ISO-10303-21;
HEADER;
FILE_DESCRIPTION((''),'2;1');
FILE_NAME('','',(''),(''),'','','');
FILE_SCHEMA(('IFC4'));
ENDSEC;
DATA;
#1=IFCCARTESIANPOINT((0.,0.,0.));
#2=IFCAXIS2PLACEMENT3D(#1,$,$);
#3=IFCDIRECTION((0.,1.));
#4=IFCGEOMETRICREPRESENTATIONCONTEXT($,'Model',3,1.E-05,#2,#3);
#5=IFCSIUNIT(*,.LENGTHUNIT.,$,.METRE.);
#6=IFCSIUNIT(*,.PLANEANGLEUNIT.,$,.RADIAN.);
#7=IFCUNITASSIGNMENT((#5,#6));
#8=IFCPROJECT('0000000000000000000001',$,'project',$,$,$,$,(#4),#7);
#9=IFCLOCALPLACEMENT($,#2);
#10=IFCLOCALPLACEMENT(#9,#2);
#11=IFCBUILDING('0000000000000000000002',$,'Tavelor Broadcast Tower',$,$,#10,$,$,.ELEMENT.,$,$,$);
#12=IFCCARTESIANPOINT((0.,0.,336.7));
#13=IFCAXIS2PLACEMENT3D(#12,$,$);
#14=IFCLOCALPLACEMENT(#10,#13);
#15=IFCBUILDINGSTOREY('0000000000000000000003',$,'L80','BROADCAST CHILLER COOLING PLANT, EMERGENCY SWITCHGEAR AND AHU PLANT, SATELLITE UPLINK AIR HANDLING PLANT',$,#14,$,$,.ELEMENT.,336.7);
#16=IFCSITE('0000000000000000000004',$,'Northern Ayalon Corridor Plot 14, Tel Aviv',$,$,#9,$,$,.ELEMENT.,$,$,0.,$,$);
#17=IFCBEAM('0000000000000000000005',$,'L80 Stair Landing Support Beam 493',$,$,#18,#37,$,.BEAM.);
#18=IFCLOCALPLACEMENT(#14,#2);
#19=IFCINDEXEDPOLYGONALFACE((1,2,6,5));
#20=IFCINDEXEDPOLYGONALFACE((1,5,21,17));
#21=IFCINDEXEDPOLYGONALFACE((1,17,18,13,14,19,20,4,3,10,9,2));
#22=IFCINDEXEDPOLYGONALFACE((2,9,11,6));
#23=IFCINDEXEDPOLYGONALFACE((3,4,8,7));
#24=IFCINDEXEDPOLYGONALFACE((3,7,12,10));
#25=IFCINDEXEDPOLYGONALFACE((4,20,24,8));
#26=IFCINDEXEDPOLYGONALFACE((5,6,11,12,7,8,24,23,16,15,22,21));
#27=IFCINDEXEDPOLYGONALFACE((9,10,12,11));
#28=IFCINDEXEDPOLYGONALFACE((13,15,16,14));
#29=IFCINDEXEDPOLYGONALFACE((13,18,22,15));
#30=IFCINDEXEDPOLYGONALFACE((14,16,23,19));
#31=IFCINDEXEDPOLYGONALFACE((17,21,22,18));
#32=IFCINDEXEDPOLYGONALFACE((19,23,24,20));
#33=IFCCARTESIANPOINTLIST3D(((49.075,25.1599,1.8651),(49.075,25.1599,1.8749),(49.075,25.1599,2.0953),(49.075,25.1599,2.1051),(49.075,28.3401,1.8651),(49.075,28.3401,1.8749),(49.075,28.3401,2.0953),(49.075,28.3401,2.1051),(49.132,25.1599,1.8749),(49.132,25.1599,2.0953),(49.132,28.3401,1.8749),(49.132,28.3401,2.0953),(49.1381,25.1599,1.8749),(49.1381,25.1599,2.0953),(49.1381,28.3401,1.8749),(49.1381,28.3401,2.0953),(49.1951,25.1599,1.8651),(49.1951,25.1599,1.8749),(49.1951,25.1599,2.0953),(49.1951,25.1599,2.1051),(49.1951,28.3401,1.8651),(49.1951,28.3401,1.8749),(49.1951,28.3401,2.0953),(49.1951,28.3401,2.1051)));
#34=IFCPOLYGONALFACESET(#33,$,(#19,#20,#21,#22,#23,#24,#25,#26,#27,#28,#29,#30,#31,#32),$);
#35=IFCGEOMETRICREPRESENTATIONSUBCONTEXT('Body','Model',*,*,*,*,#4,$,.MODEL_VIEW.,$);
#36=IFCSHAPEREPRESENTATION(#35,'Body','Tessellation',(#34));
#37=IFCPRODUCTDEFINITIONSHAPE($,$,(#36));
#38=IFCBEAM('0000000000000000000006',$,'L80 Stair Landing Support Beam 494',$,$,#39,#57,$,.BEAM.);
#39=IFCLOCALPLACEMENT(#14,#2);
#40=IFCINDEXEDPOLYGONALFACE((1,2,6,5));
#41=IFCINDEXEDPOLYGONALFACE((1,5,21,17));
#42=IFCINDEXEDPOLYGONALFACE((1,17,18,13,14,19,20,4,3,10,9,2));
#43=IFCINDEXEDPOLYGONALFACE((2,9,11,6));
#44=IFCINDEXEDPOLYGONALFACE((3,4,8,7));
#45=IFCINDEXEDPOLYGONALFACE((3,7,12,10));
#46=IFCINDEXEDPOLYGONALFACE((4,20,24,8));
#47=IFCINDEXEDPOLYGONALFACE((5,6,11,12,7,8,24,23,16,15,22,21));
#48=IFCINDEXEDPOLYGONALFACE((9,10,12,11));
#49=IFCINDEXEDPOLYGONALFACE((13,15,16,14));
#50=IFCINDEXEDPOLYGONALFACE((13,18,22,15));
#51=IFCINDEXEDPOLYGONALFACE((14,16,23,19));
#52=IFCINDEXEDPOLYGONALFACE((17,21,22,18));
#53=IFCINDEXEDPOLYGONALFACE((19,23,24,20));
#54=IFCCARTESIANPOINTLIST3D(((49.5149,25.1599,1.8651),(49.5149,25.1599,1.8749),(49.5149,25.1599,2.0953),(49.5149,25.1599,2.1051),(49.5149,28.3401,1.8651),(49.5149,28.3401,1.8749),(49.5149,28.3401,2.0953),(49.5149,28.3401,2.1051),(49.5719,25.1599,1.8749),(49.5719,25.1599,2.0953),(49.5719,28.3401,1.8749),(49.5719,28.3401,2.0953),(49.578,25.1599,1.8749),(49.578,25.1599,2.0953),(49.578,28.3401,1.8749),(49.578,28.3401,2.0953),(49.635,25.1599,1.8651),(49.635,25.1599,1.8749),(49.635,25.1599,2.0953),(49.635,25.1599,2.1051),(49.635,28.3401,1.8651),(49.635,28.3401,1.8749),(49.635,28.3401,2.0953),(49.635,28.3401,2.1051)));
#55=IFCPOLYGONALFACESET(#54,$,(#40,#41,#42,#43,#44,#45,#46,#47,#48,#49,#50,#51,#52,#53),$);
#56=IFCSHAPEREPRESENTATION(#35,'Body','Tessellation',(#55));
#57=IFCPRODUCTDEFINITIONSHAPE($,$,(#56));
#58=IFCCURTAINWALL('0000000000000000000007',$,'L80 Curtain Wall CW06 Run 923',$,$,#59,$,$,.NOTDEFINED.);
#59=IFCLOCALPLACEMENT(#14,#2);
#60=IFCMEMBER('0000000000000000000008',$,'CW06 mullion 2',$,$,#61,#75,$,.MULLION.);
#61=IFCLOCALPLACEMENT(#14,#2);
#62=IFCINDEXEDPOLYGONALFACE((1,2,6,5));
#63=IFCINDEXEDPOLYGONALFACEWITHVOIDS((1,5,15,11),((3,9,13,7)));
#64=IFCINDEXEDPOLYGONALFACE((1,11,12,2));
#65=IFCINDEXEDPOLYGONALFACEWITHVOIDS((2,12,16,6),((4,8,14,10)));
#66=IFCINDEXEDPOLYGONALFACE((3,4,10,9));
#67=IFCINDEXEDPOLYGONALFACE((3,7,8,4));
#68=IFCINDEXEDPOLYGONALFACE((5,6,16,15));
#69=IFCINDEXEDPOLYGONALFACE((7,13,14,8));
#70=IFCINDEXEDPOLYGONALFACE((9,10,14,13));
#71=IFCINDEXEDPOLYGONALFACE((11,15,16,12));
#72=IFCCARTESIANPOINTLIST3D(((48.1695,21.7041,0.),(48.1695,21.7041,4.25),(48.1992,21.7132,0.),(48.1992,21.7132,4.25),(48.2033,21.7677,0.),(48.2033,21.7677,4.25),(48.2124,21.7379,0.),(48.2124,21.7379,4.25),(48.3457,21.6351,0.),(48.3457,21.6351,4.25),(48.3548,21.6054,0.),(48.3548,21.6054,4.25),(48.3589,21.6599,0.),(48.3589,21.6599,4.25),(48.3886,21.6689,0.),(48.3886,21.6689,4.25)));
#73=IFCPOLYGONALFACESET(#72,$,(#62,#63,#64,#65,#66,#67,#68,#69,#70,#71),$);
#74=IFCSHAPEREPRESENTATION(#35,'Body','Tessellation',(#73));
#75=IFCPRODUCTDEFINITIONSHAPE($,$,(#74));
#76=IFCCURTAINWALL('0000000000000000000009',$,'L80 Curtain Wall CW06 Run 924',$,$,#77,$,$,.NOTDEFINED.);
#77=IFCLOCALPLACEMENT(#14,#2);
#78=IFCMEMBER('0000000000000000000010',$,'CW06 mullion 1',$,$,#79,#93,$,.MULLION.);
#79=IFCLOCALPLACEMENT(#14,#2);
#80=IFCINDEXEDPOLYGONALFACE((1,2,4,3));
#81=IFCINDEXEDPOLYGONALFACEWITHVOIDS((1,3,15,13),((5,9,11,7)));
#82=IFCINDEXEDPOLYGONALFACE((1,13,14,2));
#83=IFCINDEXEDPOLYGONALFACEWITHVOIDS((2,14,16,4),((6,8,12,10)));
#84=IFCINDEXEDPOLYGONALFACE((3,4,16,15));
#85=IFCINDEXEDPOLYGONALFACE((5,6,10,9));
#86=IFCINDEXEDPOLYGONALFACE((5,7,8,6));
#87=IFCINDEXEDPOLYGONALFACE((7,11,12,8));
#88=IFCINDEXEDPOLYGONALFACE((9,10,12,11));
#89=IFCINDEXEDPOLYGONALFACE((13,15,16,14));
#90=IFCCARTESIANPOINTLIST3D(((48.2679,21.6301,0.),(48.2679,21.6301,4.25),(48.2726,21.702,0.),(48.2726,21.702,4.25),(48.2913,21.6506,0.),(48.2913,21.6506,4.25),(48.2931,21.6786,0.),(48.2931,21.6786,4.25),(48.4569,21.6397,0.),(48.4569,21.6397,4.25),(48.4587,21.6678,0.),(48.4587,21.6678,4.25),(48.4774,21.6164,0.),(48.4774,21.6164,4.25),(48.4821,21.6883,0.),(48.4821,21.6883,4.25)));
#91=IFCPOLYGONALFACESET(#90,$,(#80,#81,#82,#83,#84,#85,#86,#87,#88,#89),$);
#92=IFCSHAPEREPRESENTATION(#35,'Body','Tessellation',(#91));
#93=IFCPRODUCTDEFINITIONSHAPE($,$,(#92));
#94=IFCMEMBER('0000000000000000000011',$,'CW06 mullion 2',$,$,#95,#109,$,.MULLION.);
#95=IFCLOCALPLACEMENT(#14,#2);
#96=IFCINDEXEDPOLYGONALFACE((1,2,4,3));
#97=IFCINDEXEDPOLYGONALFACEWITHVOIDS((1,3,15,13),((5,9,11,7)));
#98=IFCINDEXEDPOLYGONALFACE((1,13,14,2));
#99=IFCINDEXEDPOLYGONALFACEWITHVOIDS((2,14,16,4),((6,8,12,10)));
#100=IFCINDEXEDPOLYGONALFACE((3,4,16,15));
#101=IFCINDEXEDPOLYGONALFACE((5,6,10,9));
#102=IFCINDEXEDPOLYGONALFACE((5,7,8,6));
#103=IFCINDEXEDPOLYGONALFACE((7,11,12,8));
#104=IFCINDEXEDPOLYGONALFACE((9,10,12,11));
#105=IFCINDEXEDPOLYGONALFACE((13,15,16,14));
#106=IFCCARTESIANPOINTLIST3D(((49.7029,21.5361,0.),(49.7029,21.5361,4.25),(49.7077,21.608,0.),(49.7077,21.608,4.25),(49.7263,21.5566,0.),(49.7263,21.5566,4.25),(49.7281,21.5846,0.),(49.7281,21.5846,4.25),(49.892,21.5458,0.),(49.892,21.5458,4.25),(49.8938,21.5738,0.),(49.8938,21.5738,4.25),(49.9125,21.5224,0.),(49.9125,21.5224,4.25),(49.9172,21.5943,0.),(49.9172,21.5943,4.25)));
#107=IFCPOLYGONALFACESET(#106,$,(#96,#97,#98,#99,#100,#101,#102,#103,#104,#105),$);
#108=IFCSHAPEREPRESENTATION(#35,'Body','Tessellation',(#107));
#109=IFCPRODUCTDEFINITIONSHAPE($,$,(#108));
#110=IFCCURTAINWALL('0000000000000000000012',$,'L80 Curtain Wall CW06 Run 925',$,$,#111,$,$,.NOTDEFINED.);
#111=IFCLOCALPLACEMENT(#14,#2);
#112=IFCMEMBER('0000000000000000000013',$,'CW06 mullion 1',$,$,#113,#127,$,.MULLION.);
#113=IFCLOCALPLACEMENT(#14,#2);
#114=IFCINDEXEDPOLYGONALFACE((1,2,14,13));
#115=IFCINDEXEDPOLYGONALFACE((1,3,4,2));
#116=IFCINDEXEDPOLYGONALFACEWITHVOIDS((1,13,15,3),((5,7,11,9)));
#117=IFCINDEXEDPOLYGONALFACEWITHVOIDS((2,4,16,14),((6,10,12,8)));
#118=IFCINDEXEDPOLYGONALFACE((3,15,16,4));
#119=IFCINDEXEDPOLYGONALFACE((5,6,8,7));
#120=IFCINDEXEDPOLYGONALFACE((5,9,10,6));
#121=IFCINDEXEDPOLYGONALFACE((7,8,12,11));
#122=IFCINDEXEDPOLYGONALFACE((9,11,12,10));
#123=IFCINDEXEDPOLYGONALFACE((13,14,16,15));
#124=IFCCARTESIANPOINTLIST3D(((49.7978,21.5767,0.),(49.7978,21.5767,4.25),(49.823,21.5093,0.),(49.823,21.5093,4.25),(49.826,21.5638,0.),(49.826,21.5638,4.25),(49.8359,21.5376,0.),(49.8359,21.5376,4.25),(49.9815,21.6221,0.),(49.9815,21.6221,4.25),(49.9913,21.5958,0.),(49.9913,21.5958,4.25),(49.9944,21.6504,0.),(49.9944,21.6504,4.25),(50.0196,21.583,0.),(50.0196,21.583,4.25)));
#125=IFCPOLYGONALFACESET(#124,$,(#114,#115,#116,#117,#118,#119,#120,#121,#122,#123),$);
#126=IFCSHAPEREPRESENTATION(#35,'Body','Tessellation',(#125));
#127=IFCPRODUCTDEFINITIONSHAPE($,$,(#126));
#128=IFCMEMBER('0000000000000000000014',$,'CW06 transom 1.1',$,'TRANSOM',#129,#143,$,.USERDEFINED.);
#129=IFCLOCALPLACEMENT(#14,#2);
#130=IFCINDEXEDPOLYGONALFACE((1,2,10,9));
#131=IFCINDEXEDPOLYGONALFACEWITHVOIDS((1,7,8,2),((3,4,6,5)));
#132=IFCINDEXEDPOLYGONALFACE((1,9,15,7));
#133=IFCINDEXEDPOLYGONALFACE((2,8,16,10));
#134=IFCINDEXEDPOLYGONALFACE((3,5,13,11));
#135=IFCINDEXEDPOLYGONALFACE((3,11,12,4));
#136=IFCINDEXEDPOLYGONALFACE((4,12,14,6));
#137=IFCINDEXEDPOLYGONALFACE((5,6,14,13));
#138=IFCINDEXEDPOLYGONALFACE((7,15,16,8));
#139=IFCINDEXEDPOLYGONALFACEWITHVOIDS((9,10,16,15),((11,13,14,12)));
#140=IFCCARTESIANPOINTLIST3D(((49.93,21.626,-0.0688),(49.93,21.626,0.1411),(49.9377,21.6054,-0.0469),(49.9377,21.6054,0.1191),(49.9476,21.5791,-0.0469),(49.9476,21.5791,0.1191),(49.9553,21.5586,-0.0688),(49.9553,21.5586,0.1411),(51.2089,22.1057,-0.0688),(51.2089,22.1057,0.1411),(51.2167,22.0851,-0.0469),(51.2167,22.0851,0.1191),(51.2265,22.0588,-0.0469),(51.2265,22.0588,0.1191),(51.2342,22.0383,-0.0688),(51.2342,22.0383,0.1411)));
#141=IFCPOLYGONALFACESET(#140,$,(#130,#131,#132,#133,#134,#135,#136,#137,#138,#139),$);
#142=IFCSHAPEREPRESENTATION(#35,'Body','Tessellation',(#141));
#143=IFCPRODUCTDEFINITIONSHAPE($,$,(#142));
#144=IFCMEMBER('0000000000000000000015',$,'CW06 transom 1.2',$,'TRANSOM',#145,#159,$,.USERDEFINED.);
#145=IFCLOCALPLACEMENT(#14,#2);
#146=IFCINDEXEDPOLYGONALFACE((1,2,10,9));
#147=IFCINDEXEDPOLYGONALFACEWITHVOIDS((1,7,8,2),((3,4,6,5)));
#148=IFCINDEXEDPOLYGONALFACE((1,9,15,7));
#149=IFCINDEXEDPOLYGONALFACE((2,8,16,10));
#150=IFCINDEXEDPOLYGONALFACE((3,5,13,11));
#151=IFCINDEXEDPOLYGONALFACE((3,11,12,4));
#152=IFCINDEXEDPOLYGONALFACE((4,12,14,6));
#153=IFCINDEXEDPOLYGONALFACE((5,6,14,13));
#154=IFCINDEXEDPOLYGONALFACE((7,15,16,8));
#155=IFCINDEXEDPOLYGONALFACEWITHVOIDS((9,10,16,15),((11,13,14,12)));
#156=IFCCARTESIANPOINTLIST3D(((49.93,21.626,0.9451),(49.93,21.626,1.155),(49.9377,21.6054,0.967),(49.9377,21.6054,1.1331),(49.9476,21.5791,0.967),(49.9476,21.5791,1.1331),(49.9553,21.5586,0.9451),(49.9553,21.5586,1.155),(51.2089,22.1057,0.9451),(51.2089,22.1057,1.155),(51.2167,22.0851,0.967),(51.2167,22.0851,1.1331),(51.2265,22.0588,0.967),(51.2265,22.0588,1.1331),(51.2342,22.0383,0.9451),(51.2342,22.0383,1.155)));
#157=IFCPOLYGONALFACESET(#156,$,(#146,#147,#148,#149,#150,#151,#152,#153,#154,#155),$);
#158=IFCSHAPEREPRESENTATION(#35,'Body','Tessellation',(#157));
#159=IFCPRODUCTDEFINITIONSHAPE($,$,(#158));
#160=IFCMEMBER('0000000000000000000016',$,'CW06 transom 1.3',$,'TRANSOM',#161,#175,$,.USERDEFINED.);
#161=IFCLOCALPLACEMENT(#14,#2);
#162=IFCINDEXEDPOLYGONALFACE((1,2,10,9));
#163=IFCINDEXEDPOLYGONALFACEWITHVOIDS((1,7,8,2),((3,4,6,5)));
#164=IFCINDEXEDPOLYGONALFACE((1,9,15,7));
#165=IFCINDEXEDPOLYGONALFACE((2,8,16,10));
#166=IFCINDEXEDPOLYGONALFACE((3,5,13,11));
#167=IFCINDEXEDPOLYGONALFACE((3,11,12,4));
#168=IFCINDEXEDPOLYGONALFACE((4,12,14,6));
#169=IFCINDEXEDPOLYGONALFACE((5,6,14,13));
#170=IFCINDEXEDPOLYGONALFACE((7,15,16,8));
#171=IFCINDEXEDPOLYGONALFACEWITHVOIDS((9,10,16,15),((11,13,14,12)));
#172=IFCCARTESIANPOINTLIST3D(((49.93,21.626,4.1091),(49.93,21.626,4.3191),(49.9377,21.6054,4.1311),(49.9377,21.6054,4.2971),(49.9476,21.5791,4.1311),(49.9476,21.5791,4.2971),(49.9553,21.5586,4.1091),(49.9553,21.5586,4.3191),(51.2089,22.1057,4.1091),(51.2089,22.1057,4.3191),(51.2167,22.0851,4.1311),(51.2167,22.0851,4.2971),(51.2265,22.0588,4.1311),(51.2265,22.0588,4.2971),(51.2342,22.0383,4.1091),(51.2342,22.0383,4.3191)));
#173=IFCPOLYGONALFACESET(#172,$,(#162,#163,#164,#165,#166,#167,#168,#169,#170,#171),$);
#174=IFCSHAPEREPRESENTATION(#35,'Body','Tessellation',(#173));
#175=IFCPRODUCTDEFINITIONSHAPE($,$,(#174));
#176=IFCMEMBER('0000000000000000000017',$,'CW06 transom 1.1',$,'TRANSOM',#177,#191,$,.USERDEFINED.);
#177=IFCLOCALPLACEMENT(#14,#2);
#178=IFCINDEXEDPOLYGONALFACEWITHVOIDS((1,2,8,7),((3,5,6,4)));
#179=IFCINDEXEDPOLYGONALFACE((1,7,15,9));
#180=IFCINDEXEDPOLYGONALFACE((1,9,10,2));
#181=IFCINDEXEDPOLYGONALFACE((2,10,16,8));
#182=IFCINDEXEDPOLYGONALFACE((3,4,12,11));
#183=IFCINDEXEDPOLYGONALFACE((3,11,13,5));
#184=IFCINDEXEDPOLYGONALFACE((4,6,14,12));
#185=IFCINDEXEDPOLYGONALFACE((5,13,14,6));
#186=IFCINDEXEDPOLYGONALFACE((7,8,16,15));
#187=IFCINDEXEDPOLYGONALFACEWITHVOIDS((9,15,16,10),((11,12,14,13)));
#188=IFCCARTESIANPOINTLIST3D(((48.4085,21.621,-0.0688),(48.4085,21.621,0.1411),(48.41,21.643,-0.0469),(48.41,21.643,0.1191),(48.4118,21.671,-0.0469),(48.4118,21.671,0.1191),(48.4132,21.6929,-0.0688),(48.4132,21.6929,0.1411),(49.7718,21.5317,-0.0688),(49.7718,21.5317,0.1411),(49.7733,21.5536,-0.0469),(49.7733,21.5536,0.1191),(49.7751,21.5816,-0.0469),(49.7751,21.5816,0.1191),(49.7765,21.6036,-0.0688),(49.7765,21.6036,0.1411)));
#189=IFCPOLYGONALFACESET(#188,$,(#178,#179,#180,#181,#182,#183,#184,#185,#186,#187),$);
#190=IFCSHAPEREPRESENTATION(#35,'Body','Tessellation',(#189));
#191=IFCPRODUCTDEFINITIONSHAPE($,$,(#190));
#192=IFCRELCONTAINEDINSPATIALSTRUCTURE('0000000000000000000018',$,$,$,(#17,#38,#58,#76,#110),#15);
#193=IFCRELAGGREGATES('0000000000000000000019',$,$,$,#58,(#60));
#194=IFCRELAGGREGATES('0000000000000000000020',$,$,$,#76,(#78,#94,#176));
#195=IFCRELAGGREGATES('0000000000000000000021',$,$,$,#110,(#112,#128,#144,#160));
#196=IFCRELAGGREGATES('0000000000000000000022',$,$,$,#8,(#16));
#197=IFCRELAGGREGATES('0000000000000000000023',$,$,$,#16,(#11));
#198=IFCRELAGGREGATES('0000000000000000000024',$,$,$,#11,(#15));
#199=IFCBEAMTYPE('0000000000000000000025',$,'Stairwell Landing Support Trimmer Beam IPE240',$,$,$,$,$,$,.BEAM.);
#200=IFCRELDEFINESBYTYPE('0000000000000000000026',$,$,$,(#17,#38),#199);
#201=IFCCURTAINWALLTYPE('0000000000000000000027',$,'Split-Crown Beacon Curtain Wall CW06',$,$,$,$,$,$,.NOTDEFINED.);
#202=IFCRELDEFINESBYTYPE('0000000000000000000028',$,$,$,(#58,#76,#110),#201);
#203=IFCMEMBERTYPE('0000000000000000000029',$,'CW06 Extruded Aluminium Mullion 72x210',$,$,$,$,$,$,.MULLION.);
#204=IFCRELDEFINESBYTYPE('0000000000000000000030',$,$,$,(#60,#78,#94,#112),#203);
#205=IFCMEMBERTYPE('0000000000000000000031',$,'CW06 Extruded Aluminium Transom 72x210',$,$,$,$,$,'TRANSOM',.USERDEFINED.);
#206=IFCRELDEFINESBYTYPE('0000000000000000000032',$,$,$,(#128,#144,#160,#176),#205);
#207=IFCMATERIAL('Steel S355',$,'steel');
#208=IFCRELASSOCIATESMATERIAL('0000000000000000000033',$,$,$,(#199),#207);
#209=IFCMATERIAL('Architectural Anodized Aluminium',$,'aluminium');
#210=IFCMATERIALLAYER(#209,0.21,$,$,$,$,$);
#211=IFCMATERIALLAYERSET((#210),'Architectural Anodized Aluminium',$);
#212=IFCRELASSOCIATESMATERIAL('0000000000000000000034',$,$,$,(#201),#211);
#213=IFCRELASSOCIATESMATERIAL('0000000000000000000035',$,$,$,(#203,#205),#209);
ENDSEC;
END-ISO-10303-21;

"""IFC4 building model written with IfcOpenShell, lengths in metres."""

from ifc_helpers import new_model, si_unit, direction, frame, origin, origin_2d, place, context, subcontext, project, spatial, hollow_rectangle, i_section, extrude, source, transform, mapped, material, layer, layer_set, material_profile, profile_set, type_object, type_shapes, element, aggregate, save


model = new_model("IFC4")

# Units and contexts
model_context = context("Model", 3, precision=1e-05, world=origin(), true_north=direction((0.0, 1.0)))
body_context = subcontext(model_context, "Body", "Model", "MODEL_VIEW")
ifc_project = project(units=[si_unit("LENGTHUNIT", "METRE"), si_unit("PLANEANGLEUNIT", "RADIAN")], contexts=[model_context])

# Site, building, storey
site_placement = place(None, origin())
site = spatial("IfcSite", under=ifc_project, at=site_placement, Name="Northern Ayalon Corridor Plot 14, Tel Aviv", CompositionType="ELEMENT", RefElevation=0.0)
building_placement = place(site_placement, origin())
building = spatial("IfcBuilding", under=site, at=building_placement, Name="Tavelor Broadcast Tower", CompositionType="ELEMENT")
storey_placement = place(building_placement, frame((0.0, 0.0, 336.7)))
storey = spatial("IfcBuildingStorey", under=building, at=storey_placement, Name="L80", Description="BROADCAST CHILLER COOLING PLANT, EMERGENCY SWITCHGEAR AND AHU PLANT, SATELLITE UPLINK AIR HANDLING PLANT", CompositionType="ELEMENT", Elevation=336.7)

# Beams
ifc_material_1 = material(Name="Steel S355", Category="steel")
ifc_material_profile_1 = material_profile(ifc_material_1, i_section(OverallWidth=0.1201, OverallDepth=0.24, WebThickness=0.0061, FlangeThickness=0.0098, at=origin_2d()), Name="IPE 240")
ifc_profile_set_1 = profile_set([ifc_material_profile_1], Name="Steel S355")
beam_type = type_object("IfcBeamType", Name="Stairwell Landing Support Trimmer Beam IPE240", PredefinedType="BEAM", material=ifc_profile_set_1)
for number, where, z_axis, x_axis, name in (
    (1, (49.135, 25.1599, 1.9851), (0.0, 1.0, 0.0), (-1.0, 0.0, 0.0), "L80 Stair Landing Support Beam 493"),
    (2, (49.575, 25.1599, 1.9851), (0.0, 1.0, 0.0), (-1.0, 0.0, 0.0), "L80 Stair Landing Support Beam 494"),
):
    element("IfcBeam", number, at=place(storey_placement, frame(where, z_axis=z_axis, x_axis=x_axis)), inside=storey, type_object=beam_type, Name=name, PredefinedType="BEAM", context=body_context, shape_type="SweptSolid", body=[
        extrude(i_section(OverallWidth=0.1201, OverallDepth=0.24, WebThickness=0.0061, FlangeThickness=0.0098, at=origin_2d()), origin(), (0.0, 0.0, 1.0), 3.1802),
    ])

# Curtain wall, member
ifc_material_2 = material(Name="Architectural Anodized Aluminium", Category="aluminium")
ifc_layer_1 = layer(ifc_material_2, 0.21)
ifc_layer_set_1 = layer_set([ifc_layer_1], Name="Architectural Anodized Aluminium")
curtain_wall_type = type_object("IfcCurtainWallType", Name="Split-Crown Beacon Curtain Wall CW06", PredefinedType="NOTDEFINED", material=ifc_layer_set_1)
curtain_wall_1_placement = place(storey_placement, origin())
curtain_wall_1 = element("IfcCurtainWall", 3, at=curtain_wall_1_placement, inside=storey, type_object=curtain_wall_type, Name="L80 Curtain Wall CW06 Run 923", PredefinedType="NOTDEFINED")
ifc_material_profile_2 = material_profile(ifc_material_2, hollow_rectangle(XDim=0.072, YDim=0.21, WallThickness=0.022, at=origin_2d()), Name="RHS 72x210x22")
ifc_profile_set_2 = profile_set([ifc_material_profile_2], Name="Architectural Anodized Aluminium")
member_type_1 = type_object("IfcMemberType", Name="CW06 Extruded Aluminium Mullion 72x210", PredefinedType="MULLION", material=ifc_profile_set_2)
shared_shape_1 = source(origin(), body_context, "Body", "SweptSolid", [
    extrude(hollow_rectangle(XDim=0.072, YDim=0.21, WallThickness=0.022, at=origin_2d()), origin(), (0.0, 0.0, 1.0), 4.25),
])
type_shapes(member_type_1, [shared_shape_1])
member_1_placement = place(storey_placement, frame((48.2791, 21.6865, 0.0), z_axis=(0.0, 0.0, 1.0), x_axis=(0.470209, 0.882555, 0.0)))
member_1 = element("IfcMember", 4, at=member_1_placement, type_object=member_type_1, Name="CW06 mullion 2", PredefinedType="MULLION", context=body_context, shape_type="MappedRepresentation", body=[
    mapped(shared_shape_1, transform((0.0, 0.0, 0.0), scale=1.0)),
])

# Curtain walls, members
curtain_wall_2_placement = place(storey_placement, origin())
curtain_wall_2 = element("IfcCurtainWall", 5, at=curtain_wall_2_placement, inside=storey, type_object=curtain_wall_type, Name="L80 Curtain Wall CW06 Run 924", PredefinedType="NOTDEFINED")
member_2_placement = place(storey_placement, frame((48.375, 21.6592, 0.0), z_axis=(0.0, 0.0, 1.0), x_axis=(0.065354, 0.997862, 0.0)))
member_2 = element("IfcMember", 6, at=member_2_placement, type_object=member_type_1, Name="CW06 mullion 1", PredefinedType="MULLION", context=body_context, shape_type="MappedRepresentation", body=[
    mapped(shared_shape_1, transform((0.0, 0.0, 0.0), scale=1.0)),
])
member_3_placement = place(storey_placement, frame((49.8101, 21.5652, 0.0), z_axis=(0.0, 0.0, 1.0), x_axis=(0.065354, 0.997862, 0.0)))
member_3 = element("IfcMember", 7, at=member_3_placement, type_object=member_type_1, Name="CW06 mullion 2", PredefinedType="MULLION", context=body_context, shape_type="MappedRepresentation", body=[
    mapped(shared_shape_1, transform((0.0, 0.0, 0.0), scale=1.0)),
])
curtain_wall_3_placement = place(storey_placement, origin())
curtain_wall_3 = element("IfcCurtainWall", 8, at=curtain_wall_3_placement, inside=storey, type_object=curtain_wall_type, Name="L80 Curtain Wall CW06 Run 925", PredefinedType="NOTDEFINED")
member_4_placement = place(storey_placement, frame((49.9087, 21.5798, 0.0), z_axis=(0.0, 0.0, 1.0), x_axis=(-0.351015, 0.93637, 0.0)))
member_4 = element("IfcMember", 9, at=member_4_placement, type_object=member_type_1, Name="CW06 mullion 1", PredefinedType="MULLION", context=body_context, shape_type="MappedRepresentation", body=[
    mapped(shared_shape_1, transform((0.0, 0.0, 0.0), scale=1.0)),
])
ifc_material_profile_3 = material_profile(ifc_material_2, hollow_rectangle(XDim=0.072, YDim=0.21, WallThickness=0.022, at=origin_2d()), Name="RHS 72x210x22")
ifc_profile_set_3 = profile_set([ifc_material_profile_3], Name="Architectural Anodized Aluminium")
member_type_2 = type_object("IfcMemberType", Name="CW06 Extruded Aluminium Transom 72x210", ElementType="TRANSOM", PredefinedType="USERDEFINED", material=ifc_profile_set_3)
shared_shape_2 = source(origin(), body_context, "Body", "SweptSolid", [
    extrude(hollow_rectangle(XDim=0.072, YDim=0.21, WallThickness=0.022, at=origin_2d()), origin(), (0.0, 0.0, 1.0), 1.366),
])
member_5_placement = place(storey_placement, frame((49.9426, 21.5923, 0.0361), z_axis=(0.936307, 0.351182, 0.0), x_axis=(-0.351182, 0.936307, 0.0)))
member_5 = element("IfcMember", 10, at=member_5_placement, type_object=member_type_2, Name="CW06 transom 1.1", ObjectType="TRANSOM", PredefinedType="USERDEFINED", context=body_context, shape_type="MappedRepresentation", body=[
    mapped(shared_shape_2, transform((0.0, 0.0, 0.0), scale=1.0)),
])
member_6_placement = place(storey_placement, frame((49.9426, 21.5923, 1.05), z_axis=(0.936307, 0.351182, 0.0), x_axis=(-0.351182, 0.936307, 0.0)))
member_6 = element("IfcMember", 11, at=member_6_placement, type_object=member_type_2, Name="CW06 transom 1.2", ObjectType="TRANSOM", PredefinedType="USERDEFINED", context=body_context, shape_type="MappedRepresentation", body=[
    mapped(shared_shape_2, transform((0.0, 0.0, 0.0), scale=1.0)),
])
member_7_placement = place(storey_placement, frame((49.9426, 21.5923, 4.2141), z_axis=(0.936307, 0.351182, 0.0), x_axis=(-0.351182, 0.936307, 0.0)))
member_7 = element("IfcMember", 12, at=member_7_placement, type_object=member_type_2, Name="CW06 transom 1.3", ObjectType="TRANSOM", PredefinedType="USERDEFINED", context=body_context, shape_type="MappedRepresentation", body=[
    mapped(shared_shape_2, transform((0.0, 0.0, 0.0), scale=1.0)),
])

# Member
shared_shape_3 = source(origin(), body_context, "Body", "SweptSolid", [
    extrude(hollow_rectangle(XDim=0.072, YDim=0.21, WallThickness=0.022, at=origin_2d()), origin(), (0.0, 0.0, 1.0), 1.3662),
])
type_shapes(member_type_2, [shared_shape_2, shared_shape_3])
member_8_placement = place(storey_placement, frame((48.4109, 21.657, 0.0361), z_axis=(0.997859, -0.065404, 0.0), x_axis=(0.065404, 0.997859, 0.0)))
member_8 = element("IfcMember", 13, at=member_8_placement, type_object=member_type_2, Name="CW06 transom 1.1", ObjectType="TRANSOM", PredefinedType="USERDEFINED", context=body_context, shape_type="MappedRepresentation", body=[
    mapped(shared_shape_3, transform((0.0, 0.0, 0.0), scale=1.0)),
])

aggregate(curtain_wall_1, [member_1])
aggregate(curtain_wall_2, [member_2, member_3, member_8])
aggregate(curtain_wall_3, [member_4, member_5, member_6, member_7])

save(model, "model.ifc")
